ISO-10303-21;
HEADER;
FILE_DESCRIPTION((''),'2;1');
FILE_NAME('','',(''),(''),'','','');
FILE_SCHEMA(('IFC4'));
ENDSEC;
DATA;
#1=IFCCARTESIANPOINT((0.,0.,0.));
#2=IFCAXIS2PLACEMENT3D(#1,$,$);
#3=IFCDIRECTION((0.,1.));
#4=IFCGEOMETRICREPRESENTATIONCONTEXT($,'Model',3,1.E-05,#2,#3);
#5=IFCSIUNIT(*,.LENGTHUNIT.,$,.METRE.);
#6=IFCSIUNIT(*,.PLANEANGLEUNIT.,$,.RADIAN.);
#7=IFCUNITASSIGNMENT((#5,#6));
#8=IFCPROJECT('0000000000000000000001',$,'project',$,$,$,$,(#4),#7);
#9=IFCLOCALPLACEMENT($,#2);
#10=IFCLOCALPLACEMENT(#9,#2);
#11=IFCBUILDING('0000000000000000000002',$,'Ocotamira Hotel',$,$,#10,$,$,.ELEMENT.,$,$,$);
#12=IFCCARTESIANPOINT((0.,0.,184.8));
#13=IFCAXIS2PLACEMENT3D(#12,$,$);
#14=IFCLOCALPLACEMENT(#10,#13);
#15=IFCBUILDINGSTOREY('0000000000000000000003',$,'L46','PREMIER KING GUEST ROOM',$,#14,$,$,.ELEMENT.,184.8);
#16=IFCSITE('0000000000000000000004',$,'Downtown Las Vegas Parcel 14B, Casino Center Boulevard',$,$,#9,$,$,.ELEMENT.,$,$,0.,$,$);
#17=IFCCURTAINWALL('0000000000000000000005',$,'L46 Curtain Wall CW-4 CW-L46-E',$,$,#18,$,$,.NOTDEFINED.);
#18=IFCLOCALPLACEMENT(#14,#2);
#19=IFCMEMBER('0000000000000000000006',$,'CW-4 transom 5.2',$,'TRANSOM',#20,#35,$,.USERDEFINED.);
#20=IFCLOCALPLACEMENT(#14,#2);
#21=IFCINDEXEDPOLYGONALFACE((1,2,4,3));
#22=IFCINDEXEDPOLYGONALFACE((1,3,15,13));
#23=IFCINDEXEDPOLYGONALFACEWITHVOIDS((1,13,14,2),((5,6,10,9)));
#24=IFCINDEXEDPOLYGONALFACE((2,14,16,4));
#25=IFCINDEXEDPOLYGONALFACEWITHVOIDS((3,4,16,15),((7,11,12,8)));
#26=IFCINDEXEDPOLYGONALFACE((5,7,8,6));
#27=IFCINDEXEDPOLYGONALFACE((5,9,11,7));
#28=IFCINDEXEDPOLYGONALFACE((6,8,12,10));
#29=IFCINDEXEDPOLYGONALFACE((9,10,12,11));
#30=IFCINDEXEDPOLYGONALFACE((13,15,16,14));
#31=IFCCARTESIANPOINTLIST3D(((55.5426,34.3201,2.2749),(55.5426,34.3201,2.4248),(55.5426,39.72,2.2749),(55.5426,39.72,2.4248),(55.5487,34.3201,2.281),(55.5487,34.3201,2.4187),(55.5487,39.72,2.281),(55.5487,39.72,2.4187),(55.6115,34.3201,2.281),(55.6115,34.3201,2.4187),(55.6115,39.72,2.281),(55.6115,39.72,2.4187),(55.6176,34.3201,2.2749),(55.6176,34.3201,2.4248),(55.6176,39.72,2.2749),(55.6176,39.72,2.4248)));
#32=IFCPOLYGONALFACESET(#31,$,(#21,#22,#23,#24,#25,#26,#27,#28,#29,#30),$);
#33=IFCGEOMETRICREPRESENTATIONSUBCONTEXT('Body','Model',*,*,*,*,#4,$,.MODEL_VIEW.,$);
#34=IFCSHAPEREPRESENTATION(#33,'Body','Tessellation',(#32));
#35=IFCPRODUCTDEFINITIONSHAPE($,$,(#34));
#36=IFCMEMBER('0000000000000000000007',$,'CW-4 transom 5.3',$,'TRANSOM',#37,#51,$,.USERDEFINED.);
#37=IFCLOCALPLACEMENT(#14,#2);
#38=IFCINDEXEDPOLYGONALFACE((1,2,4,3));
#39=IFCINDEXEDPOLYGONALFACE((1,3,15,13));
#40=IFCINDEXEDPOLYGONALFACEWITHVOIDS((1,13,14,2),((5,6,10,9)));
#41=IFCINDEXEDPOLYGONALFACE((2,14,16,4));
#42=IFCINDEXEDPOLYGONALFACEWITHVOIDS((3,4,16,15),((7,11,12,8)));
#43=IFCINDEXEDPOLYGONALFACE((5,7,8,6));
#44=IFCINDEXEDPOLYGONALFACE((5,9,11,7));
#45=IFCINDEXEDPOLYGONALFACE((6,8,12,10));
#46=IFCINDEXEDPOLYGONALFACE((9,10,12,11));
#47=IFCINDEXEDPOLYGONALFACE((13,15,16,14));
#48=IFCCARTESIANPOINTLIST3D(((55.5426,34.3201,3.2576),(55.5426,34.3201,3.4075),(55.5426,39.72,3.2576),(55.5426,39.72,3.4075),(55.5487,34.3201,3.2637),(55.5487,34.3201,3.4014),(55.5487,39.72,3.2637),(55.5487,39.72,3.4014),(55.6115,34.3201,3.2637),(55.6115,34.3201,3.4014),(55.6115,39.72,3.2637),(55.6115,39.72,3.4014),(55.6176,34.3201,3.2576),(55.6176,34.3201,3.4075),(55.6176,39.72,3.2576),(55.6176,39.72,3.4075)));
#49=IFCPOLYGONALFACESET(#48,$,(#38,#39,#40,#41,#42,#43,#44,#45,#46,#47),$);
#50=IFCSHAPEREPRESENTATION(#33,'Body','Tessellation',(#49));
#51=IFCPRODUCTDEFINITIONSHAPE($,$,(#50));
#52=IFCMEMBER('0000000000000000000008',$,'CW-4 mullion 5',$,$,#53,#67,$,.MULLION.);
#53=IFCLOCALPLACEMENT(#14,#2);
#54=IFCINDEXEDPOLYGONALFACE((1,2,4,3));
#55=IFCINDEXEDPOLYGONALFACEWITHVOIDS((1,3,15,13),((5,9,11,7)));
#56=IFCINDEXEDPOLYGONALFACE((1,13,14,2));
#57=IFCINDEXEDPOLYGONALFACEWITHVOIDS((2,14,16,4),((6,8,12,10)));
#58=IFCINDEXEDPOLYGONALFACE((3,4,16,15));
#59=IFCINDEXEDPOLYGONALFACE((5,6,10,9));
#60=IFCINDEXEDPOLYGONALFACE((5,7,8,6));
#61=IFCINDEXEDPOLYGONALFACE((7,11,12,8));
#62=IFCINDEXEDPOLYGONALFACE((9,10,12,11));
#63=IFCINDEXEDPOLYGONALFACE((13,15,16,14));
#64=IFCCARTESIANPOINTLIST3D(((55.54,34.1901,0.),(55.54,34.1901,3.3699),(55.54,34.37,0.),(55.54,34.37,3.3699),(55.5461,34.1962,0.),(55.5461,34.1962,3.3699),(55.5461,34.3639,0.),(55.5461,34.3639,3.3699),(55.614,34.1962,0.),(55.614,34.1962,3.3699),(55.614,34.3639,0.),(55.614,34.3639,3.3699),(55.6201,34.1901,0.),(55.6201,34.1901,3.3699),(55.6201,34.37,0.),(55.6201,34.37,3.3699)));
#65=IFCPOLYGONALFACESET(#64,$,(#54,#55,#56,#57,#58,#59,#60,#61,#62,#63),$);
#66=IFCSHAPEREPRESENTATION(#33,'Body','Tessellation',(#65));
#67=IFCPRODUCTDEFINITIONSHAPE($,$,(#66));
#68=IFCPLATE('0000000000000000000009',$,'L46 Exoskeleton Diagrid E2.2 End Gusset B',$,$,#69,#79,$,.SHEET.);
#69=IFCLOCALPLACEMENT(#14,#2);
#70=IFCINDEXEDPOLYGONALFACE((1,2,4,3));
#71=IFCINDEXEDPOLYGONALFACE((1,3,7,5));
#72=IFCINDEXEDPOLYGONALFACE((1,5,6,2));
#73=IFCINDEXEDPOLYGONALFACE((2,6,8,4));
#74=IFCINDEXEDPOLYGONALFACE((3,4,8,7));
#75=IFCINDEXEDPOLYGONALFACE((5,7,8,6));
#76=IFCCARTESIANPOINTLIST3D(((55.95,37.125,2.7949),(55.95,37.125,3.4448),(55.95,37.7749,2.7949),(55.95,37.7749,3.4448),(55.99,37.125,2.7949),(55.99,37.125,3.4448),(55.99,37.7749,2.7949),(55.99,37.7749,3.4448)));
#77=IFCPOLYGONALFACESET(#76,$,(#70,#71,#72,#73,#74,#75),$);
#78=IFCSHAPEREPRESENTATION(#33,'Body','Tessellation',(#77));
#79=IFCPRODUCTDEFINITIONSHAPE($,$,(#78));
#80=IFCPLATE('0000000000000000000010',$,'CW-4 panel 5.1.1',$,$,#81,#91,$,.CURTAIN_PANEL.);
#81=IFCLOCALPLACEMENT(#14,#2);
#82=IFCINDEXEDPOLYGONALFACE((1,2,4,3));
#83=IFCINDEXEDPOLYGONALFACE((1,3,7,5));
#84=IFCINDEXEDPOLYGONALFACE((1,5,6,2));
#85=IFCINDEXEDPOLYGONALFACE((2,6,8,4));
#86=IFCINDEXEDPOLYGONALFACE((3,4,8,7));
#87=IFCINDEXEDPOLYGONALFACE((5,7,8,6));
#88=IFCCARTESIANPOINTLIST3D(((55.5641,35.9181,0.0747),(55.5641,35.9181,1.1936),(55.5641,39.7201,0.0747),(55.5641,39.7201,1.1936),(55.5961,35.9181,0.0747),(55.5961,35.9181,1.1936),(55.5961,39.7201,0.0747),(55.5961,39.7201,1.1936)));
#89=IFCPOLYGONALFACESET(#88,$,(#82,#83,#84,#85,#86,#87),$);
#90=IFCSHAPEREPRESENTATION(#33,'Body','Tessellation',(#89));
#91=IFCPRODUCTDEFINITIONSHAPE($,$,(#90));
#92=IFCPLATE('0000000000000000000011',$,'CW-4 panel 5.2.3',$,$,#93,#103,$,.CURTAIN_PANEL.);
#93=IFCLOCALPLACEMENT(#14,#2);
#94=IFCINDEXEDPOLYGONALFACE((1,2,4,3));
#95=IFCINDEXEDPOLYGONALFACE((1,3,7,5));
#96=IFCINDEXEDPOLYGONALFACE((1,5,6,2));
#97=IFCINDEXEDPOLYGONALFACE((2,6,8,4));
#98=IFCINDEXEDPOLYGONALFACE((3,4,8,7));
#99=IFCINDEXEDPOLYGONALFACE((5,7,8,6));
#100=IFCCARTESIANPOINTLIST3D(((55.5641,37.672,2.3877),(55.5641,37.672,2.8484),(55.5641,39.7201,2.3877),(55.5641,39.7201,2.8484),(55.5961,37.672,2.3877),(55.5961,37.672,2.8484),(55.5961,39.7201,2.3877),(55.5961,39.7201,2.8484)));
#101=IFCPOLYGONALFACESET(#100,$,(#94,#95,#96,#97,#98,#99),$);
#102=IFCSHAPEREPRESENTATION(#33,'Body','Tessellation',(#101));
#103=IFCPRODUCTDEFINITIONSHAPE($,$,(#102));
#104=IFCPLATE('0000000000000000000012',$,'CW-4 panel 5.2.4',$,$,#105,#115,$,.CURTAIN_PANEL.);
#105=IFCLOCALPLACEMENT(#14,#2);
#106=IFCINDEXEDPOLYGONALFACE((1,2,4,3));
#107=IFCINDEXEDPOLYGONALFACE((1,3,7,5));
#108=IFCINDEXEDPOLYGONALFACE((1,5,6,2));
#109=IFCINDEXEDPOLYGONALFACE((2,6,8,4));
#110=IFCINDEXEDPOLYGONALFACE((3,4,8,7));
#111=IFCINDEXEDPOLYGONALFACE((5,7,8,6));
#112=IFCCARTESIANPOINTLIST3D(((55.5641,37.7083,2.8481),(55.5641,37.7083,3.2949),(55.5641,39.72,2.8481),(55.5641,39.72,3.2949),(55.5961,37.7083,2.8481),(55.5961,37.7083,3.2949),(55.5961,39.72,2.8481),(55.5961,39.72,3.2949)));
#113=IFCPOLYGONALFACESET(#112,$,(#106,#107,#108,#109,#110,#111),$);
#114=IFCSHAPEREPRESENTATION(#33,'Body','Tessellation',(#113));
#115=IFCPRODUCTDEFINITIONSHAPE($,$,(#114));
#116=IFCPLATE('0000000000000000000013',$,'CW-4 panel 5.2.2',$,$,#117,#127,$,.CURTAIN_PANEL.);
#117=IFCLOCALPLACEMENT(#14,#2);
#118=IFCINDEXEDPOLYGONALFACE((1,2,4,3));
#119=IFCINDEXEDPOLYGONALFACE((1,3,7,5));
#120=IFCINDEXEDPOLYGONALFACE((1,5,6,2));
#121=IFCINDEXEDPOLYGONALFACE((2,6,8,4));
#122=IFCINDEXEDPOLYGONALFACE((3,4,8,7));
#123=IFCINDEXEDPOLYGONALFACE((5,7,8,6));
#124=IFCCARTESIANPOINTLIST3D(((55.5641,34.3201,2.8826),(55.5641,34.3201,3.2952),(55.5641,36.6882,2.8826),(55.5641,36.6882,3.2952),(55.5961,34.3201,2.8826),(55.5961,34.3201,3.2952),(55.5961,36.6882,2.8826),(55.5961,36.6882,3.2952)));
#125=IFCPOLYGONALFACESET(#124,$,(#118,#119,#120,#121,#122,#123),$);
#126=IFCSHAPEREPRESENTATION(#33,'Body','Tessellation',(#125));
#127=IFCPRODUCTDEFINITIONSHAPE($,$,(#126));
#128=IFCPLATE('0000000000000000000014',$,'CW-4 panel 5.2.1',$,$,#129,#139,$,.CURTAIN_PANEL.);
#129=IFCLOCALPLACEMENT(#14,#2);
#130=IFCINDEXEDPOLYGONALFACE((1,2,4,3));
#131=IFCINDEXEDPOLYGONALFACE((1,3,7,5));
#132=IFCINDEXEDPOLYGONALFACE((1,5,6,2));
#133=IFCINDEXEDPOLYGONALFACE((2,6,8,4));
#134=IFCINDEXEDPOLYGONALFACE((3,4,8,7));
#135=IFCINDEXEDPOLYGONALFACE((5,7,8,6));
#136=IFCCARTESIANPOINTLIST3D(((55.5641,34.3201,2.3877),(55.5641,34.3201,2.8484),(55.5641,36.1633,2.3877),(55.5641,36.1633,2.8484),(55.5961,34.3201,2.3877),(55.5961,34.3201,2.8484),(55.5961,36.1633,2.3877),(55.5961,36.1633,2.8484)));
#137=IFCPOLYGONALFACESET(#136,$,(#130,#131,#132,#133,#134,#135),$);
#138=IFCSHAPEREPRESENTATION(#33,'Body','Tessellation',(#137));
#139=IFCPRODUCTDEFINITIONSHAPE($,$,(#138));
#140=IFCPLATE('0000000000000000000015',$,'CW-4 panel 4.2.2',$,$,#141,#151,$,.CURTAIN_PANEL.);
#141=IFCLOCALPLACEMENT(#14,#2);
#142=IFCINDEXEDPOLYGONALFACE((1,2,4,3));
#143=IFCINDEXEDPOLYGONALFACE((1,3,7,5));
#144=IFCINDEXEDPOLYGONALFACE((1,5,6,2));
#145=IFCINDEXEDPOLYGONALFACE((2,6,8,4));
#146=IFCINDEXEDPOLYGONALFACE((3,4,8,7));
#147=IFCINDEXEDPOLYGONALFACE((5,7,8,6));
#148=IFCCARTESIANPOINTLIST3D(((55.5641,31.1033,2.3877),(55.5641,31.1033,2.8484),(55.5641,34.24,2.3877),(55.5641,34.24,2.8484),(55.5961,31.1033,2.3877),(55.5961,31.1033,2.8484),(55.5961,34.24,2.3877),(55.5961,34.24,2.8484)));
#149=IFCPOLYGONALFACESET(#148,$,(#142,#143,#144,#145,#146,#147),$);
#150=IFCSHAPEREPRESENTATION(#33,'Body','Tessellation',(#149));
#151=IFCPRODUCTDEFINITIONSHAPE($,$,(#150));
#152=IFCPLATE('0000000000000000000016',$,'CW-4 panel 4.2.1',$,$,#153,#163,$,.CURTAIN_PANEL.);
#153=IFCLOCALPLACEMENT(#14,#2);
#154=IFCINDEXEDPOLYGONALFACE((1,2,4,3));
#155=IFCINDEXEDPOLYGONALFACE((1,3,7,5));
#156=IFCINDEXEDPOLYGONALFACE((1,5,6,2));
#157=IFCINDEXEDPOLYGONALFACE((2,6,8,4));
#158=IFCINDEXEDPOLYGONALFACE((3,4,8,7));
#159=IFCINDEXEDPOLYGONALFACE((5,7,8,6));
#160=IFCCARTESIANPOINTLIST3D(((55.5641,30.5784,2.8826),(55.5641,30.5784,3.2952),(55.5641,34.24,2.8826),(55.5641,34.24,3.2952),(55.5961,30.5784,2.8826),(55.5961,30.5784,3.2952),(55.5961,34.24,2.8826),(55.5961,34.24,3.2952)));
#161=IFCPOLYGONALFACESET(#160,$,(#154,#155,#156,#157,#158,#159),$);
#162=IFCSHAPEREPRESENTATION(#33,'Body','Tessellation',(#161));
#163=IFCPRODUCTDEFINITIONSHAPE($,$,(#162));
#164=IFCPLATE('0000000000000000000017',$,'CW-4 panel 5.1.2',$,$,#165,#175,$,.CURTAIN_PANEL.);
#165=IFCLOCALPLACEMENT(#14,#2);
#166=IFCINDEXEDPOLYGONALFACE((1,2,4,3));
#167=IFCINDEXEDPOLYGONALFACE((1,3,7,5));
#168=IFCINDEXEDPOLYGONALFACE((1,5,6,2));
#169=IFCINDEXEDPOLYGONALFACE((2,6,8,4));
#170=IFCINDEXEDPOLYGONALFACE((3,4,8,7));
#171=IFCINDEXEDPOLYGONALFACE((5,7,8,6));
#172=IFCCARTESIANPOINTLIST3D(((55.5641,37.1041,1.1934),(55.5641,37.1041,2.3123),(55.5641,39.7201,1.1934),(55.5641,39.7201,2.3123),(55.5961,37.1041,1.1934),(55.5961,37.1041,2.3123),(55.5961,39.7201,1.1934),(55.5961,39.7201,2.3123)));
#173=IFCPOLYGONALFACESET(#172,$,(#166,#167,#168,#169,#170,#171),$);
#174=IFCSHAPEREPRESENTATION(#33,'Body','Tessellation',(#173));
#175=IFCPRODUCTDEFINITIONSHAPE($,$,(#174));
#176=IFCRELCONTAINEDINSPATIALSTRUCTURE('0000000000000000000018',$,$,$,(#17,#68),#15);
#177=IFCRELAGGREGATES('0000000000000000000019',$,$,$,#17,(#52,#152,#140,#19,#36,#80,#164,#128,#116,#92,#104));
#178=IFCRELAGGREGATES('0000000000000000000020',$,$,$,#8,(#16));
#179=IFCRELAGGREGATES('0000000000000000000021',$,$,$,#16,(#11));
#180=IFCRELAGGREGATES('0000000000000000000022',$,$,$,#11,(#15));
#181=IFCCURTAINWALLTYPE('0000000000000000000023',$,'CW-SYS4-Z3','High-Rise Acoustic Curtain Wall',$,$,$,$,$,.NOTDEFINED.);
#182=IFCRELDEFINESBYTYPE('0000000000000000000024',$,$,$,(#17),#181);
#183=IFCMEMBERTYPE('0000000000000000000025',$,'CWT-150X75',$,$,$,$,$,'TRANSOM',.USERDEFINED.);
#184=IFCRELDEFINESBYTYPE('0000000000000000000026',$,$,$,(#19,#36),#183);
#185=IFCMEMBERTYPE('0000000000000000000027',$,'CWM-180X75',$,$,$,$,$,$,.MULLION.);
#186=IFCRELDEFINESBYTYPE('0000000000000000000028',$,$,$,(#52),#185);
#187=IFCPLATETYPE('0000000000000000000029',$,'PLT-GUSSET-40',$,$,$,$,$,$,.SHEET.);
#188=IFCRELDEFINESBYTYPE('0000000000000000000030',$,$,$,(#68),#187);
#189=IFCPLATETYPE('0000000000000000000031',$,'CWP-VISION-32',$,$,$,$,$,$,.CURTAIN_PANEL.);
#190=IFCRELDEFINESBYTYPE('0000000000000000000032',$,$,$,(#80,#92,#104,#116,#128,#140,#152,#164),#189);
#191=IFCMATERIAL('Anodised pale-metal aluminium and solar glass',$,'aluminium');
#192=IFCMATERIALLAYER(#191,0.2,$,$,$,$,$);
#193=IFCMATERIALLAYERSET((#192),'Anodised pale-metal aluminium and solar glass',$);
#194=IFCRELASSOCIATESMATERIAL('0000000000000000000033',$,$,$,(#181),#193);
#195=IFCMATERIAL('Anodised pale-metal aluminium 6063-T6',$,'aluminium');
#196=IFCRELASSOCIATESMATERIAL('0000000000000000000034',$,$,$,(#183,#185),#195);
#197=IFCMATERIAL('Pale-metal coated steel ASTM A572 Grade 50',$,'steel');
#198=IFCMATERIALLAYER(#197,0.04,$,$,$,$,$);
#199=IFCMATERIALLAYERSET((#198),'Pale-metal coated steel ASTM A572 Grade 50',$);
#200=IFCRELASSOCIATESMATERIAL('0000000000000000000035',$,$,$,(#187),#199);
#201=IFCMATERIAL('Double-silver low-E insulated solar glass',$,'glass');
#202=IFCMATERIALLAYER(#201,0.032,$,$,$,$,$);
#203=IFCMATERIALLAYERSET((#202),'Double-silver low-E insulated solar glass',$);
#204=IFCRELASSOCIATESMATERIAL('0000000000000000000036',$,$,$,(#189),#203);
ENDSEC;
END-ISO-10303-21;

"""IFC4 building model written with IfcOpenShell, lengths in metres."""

from ifc_helpers import new_model, si_unit, direction, frame, origin, origin_2d, place, context, subcontext, project, spatial, rectangle, hollow_rectangle, extrude, source, transform, mapped, material, layer, layer_set, material_profile, profile_set, type_object, element, aggregate, save


model = new_model("IFC4")

# Units and contexts
model_context = context("Model", 3, precision=1e-05, world=origin(), true_north=direction((0.0, 1.0)))
body_context = subcontext(model_context, "Body", "Model", "MODEL_VIEW")
ifc_project = project(units=[si_unit("LENGTHUNIT", "METRE"), si_unit("PLANEANGLEUNIT", "RADIAN")], contexts=[model_context])

# Site, building, storey
site_placement = place(None, origin())
site = spatial("IfcSite", under=ifc_project, at=site_placement, Name="Downtown Las Vegas Parcel 14B, Casino Center Boulevard", CompositionType="ELEMENT", RefElevation=0.0)
building_placement = place(site_placement, origin())
building = spatial("IfcBuilding", under=site, at=building_placement, Name="Ocotamira Hotel", CompositionType="ELEMENT")
storey_placement = place(building_placement, frame((0.0, 0.0, 184.8)))
storey = spatial("IfcBuildingStorey", under=building, at=storey_placement, Name="L46", Description="PREMIER KING GUEST ROOM", CompositionType="ELEMENT", Elevation=184.8)

# Curtain wall, members
ifc_material_1 = material(Name="Anodised pale-metal aluminium and solar glass", Category="aluminium")
ifc_layer_1 = layer(ifc_material_1, 0.2)
ifc_layer_set_1 = layer_set([ifc_layer_1], Name="Anodised pale-metal aluminium and solar glass")
curtain_wall_type = type_object("IfcCurtainWallType", Name="CW-SYS4-Z3", Description="High-Rise Acoustic Curtain Wall", PredefinedType="NOTDEFINED", material=ifc_layer_set_1)
curtain_wall_placement = place(storey_placement, origin())
curtain_wall = element("IfcCurtainWall", 1, at=curtain_wall_placement, inside=storey, type_object=curtain_wall_type, Name="L46 Curtain Wall CW-4 CW-L46-E", PredefinedType="NOTDEFINED")
ifc_material_2 = material(Name="Anodised pale-metal aluminium 6063-T6", Category="aluminium")
ifc_material_profile_1 = material_profile(ifc_material_2, hollow_rectangle(XDim=0.075, YDim=0.1499, WallThickness=0.0061, at=origin_2d()), Name="HSS150X75X6")
ifc_profile_set_1 = profile_set([ifc_material_profile_1], Name="Anodised pale-metal aluminium 6063-T6")
member_type_1 = type_object("IfcMemberType", Name="CWT-150X75", ElementType="TRANSOM", PredefinedType="USERDEFINED", material=ifc_profile_set_1)
shared_shape_1 = source(origin(), body_context, "Body", "SweptSolid", [
    extrude(hollow_rectangle(XDim=0.075, YDim=0.1499, WallThickness=0.0061, at=origin_2d()), origin(), (0.0, 0.0, 1.0), 5.3999),
])
member_1_placement = place(storey_placement, frame((55.5801, 34.3201, 2.3499), z_axis=(0.0, 1.0, 0.0), x_axis=(-1.0, 0.0, 0.0)))
member_1 = element("IfcMember", 2, at=member_1_placement, type_object=member_type_1, Name="CW-4 transom 5.2", ObjectType="TRANSOM", PredefinedType="USERDEFINED", context=body_context, shape_type="MappedRepresentation", body=[
    mapped(shared_shape_1, transform((0.0, 0.0, 0.0), scale=1.0)),
])
member_2_placement = place(storey_placement, frame((55.5801, 34.3201, 3.3325), z_axis=(0.0, 1.0, 0.0), x_axis=(-1.0, 0.0, 0.0)))
member_2 = element("IfcMember", 3, at=member_2_placement, type_object=member_type_1, Name="CW-4 transom 5.3", ObjectType="TRANSOM", PredefinedType="USERDEFINED", context=body_context, shape_type="MappedRepresentation", body=[
    mapped(shared_shape_1, transform((0.0, 0.0, 0.0), scale=1.0)),
])
ifc_material_profile_2 = material_profile(ifc_material_2, hollow_rectangle(XDim=0.0801, YDim=0.1799, WallThickness=0.0061, at=origin_2d()), Name="HSS180X80X6")
ifc_profile_set_2 = profile_set([ifc_material_profile_2], Name="Anodised pale-metal aluminium 6063-T6")
member_type_2 = type_object("IfcMemberType", Name="CWM-180X75", PredefinedType="MULLION", material=ifc_profile_set_2)
shared_shape_2 = source(origin(), body_context, "Body", "SweptSolid", [
    extrude(hollow_rectangle(XDim=0.0801, YDim=0.1799, WallThickness=0.0061, at=origin_2d()), origin(), (0.0, 0.0, 1.0), 3.3699),
])
member_3_placement = place(storey_placement, frame((55.5801, 34.28, 0.0), z_axis=(0.0, 0.0, 1.0), x_axis=(-1.0, 0.0, 0.0)))
member_3 = element("IfcMember", 4, at=member_3_placement, type_object=member_type_2, Name="CW-4 mullion 5", PredefinedType="MULLION", context=body_context, shape_type="MappedRepresentation", body=[
    mapped(shared_shape_2, transform((0.0, 0.0, 0.0), scale=1.0)),
])

# Plates
ifc_material_3 = material(Name="Pale-metal coated steel ASTM A572 Grade 50", Category="steel")
ifc_layer_2 = layer(ifc_material_3, 0.04)
ifc_layer_set_2 = layer_set([ifc_layer_2], Name="Pale-metal coated steel ASTM A572 Grade 50")
plate_type_1 = type_object("IfcPlateType", Name="PLT-GUSSET-40", PredefinedType="SHEET", material=ifc_layer_set_2)
shared_shape_3 = source(origin(), body_context, "Body", "SweptSolid", [
    extrude(rectangle(XDim=0.04, YDim=0.6499, at=origin_2d()), origin(), (0.0, 0.0, 1.0), 0.6499),
])
plate_1_placement = place(storey_placement, frame((55.97, 37.45, 2.7949), z_axis=(0.0, 0.0, 1.0), x_axis=(1.0, 0.0, 0.0)))
element("IfcPlate", 5, at=plate_1_placement, inside=storey, type_object=plate_type_1, Name="L46 Exoskeleton Diagrid E2.2 End Gusset B", PredefinedType="SHEET", context=body_context, shape_type="MappedRepresentation", body=[
    mapped(shared_shape_3, transform((0.0, 0.0, 0.0), scale=1.0)),
])
ifc_material_4 = material(Name="Double-silver low-E insulated solar glass", Category="glass")
ifc_layer_3 = layer(ifc_material_4, 0.032)
ifc_layer_set_3 = layer_set([ifc_layer_3], Name="Double-silver low-E insulated solar glass")
plate_type_2 = type_object("IfcPlateType", Name="CWP-VISION-32", PredefinedType="CURTAIN_PANEL", material=ifc_layer_set_3)
shared_shape_4 = source(origin(), body_context, "Body", "SweptSolid", [
    extrude(rectangle(XDim=3.802, YDim=0.032, at=origin_2d()), origin(), (0.0, 0.0, 1.0), 1.1189),
])
plate_2_placement = place(storey_placement, frame((55.5801, 37.8191, 0.0747), z_axis=(0.0, 0.0, 1.0), x_axis=(0.0, 1.0, 0.0)))
plate_2 = element("IfcPlate", 6, at=plate_2_placement, type_object=plate_type_2, Name="CW-4 panel 5.1.1", PredefinedType="CURTAIN_PANEL", context=body_context, shape_type="MappedRepresentation", body=[
    mapped(shared_shape_4, transform((0.0, 0.0, 0.0), scale=1.0)),
])
shared_shape_5 = source(origin(), body_context, "Body", "SweptSolid", [
    extrude(rectangle(XDim=2.0481, YDim=0.032, at=origin_2d()), origin(), (0.0, 0.0, 1.0), 0.4607),
])
plate_3_placement = place(storey_placement, frame((55.5801, 38.696, 2.3877), z_axis=(0.0, 0.0, 1.0), x_axis=(0.0, 1.0, 0.0)))
plate_3 = element("IfcPlate", 7, at=plate_3_placement, type_object=plate_type_2, Name="CW-4 panel 5.2.3", PredefinedType="CURTAIN_PANEL", context=body_context, shape_type="MappedRepresentation", body=[
    mapped(shared_shape_5, transform((0.0, 0.0, 0.0), scale=1.0)),
])
shared_shape_6 = source(origin(), body_context, "Body", "SweptSolid", [
    extrude(rectangle(XDim=2.0117, YDim=0.032, at=origin_2d()), origin(), (0.0, 0.0, 1.0), 0.4468),
])
plate_4_placement = place(storey_placement, frame((55.5801, 38.7141, 2.8481), z_axis=(0.0, 0.0, 1.0), x_axis=(0.0, 1.0, 0.0)))
plate_4 = element("IfcPlate", 8, at=plate_4_placement, type_object=plate_type_2, Name="CW-4 panel 5.2.4", PredefinedType="CURTAIN_PANEL", context=body_context, shape_type="MappedRepresentation", body=[
    mapped(shared_shape_6, transform((0.0, 0.0, 0.0), scale=1.0)),
])
shared_shape_7 = source(origin(), body_context, "Body", "SweptSolid", [
    extrude(rectangle(XDim=2.3682, YDim=0.032, at=origin_2d()), origin(), (0.0, 0.0, 1.0), 0.4126),
])
plate_5_placement = place(storey_placement, frame((55.5801, 35.5042, 2.8826), z_axis=(0.0, 0.0, 1.0), x_axis=(0.0, 1.0, 0.0)))
plate_5 = element("IfcPlate", 9, at=plate_5_placement, type_object=plate_type_2, Name="CW-4 panel 5.2.2", PredefinedType="CURTAIN_PANEL", context=body_context, shape_type="MappedRepresentation", body=[
    mapped(shared_shape_7, transform((0.0, 0.0, 0.0), scale=1.0)),
])
shared_shape_8 = source(origin(), body_context, "Body", "SweptSolid", [
    extrude(rectangle(XDim=1.8433, YDim=0.032, at=origin_2d()), origin(), (0.0, 0.0, 1.0), 0.4607),
])
plate_6_placement = place(storey_placement, frame((55.5801, 35.2417, 2.3877), z_axis=(0.0, 0.0, 1.0), x_axis=(0.0, 1.0, 0.0)))
plate_6 = element("IfcPlate", 10, at=plate_6_placement, type_object=plate_type_2, Name="CW-4 panel 5.2.1", PredefinedType="CURTAIN_PANEL", context=body_context, shape_type="MappedRepresentation", body=[
    mapped(shared_shape_8, transform((0.0, 0.0, 0.0), scale=1.0)),
])
shared_shape_9 = source(origin(), body_context, "Body", "SweptSolid", [
    extrude(rectangle(XDim=3.1367, YDim=0.032, at=origin_2d()), origin(), (0.0, 0.0, 1.0), 0.4607),
])
plate_7_placement = place(storey_placement, frame((55.5801, 32.6716, 2.3877), z_axis=(0.0, 0.0, 1.0), x_axis=(0.0, 1.0, 0.0)))
plate_7 = element("IfcPlate", 11, at=plate_7_placement, type_object=plate_type_2, Name="CW-4 panel 4.2.2", PredefinedType="CURTAIN_PANEL", context=body_context, shape_type="MappedRepresentation", body=[
    mapped(shared_shape_9, transform((0.0, 0.0, 0.0), scale=1.0)),
])
shared_shape_10 = source(origin(), body_context, "Body", "SweptSolid", [
    extrude(rectangle(XDim=3.6616, YDim=0.032, at=origin_2d()), origin(), (0.0, 0.0, 1.0), 0.4126),
])
plate_8_placement = place(storey_placement, frame((55.5801, 32.4092, 2.8826), z_axis=(0.0, 0.0, 1.0), x_axis=(0.0, 1.0, 0.0)))
plate_8 = element("IfcPlate", 12, at=plate_8_placement, type_object=plate_type_2, Name="CW-4 panel 4.2.1", PredefinedType="CURTAIN_PANEL", context=body_context, shape_type="MappedRepresentation", body=[
    mapped(shared_shape_10, transform((0.0, 0.0, 0.0), scale=1.0)),
])
shared_shape_11 = source(origin(), body_context, "Body", "SweptSolid", [
    extrude(rectangle(XDim=2.616, YDim=0.032, at=origin_2d()), origin(), (0.0, 0.0, 1.0), 1.1189),
])
plate_9_placement = place(storey_placement, frame((55.5801, 38.4121, 1.1934), z_axis=(0.0, 0.0, 1.0), x_axis=(0.0, 1.0, 0.0)))
plate_9 = element("IfcPlate", 13, at=plate_9_placement, type_object=plate_type_2, Name="CW-4 panel 5.1.2", PredefinedType="CURTAIN_PANEL", context=body_context, shape_type="MappedRepresentation", body=[
    mapped(shared_shape_11, transform((0.0, 0.0, 0.0), scale=1.0)),
])
aggregate(curtain_wall, [member_3, plate_8, plate_7, member_1, member_2, plate_2, plate_9, plate_6, plate_5, plate_3, plate_4])

save(model, "model.ifc")
